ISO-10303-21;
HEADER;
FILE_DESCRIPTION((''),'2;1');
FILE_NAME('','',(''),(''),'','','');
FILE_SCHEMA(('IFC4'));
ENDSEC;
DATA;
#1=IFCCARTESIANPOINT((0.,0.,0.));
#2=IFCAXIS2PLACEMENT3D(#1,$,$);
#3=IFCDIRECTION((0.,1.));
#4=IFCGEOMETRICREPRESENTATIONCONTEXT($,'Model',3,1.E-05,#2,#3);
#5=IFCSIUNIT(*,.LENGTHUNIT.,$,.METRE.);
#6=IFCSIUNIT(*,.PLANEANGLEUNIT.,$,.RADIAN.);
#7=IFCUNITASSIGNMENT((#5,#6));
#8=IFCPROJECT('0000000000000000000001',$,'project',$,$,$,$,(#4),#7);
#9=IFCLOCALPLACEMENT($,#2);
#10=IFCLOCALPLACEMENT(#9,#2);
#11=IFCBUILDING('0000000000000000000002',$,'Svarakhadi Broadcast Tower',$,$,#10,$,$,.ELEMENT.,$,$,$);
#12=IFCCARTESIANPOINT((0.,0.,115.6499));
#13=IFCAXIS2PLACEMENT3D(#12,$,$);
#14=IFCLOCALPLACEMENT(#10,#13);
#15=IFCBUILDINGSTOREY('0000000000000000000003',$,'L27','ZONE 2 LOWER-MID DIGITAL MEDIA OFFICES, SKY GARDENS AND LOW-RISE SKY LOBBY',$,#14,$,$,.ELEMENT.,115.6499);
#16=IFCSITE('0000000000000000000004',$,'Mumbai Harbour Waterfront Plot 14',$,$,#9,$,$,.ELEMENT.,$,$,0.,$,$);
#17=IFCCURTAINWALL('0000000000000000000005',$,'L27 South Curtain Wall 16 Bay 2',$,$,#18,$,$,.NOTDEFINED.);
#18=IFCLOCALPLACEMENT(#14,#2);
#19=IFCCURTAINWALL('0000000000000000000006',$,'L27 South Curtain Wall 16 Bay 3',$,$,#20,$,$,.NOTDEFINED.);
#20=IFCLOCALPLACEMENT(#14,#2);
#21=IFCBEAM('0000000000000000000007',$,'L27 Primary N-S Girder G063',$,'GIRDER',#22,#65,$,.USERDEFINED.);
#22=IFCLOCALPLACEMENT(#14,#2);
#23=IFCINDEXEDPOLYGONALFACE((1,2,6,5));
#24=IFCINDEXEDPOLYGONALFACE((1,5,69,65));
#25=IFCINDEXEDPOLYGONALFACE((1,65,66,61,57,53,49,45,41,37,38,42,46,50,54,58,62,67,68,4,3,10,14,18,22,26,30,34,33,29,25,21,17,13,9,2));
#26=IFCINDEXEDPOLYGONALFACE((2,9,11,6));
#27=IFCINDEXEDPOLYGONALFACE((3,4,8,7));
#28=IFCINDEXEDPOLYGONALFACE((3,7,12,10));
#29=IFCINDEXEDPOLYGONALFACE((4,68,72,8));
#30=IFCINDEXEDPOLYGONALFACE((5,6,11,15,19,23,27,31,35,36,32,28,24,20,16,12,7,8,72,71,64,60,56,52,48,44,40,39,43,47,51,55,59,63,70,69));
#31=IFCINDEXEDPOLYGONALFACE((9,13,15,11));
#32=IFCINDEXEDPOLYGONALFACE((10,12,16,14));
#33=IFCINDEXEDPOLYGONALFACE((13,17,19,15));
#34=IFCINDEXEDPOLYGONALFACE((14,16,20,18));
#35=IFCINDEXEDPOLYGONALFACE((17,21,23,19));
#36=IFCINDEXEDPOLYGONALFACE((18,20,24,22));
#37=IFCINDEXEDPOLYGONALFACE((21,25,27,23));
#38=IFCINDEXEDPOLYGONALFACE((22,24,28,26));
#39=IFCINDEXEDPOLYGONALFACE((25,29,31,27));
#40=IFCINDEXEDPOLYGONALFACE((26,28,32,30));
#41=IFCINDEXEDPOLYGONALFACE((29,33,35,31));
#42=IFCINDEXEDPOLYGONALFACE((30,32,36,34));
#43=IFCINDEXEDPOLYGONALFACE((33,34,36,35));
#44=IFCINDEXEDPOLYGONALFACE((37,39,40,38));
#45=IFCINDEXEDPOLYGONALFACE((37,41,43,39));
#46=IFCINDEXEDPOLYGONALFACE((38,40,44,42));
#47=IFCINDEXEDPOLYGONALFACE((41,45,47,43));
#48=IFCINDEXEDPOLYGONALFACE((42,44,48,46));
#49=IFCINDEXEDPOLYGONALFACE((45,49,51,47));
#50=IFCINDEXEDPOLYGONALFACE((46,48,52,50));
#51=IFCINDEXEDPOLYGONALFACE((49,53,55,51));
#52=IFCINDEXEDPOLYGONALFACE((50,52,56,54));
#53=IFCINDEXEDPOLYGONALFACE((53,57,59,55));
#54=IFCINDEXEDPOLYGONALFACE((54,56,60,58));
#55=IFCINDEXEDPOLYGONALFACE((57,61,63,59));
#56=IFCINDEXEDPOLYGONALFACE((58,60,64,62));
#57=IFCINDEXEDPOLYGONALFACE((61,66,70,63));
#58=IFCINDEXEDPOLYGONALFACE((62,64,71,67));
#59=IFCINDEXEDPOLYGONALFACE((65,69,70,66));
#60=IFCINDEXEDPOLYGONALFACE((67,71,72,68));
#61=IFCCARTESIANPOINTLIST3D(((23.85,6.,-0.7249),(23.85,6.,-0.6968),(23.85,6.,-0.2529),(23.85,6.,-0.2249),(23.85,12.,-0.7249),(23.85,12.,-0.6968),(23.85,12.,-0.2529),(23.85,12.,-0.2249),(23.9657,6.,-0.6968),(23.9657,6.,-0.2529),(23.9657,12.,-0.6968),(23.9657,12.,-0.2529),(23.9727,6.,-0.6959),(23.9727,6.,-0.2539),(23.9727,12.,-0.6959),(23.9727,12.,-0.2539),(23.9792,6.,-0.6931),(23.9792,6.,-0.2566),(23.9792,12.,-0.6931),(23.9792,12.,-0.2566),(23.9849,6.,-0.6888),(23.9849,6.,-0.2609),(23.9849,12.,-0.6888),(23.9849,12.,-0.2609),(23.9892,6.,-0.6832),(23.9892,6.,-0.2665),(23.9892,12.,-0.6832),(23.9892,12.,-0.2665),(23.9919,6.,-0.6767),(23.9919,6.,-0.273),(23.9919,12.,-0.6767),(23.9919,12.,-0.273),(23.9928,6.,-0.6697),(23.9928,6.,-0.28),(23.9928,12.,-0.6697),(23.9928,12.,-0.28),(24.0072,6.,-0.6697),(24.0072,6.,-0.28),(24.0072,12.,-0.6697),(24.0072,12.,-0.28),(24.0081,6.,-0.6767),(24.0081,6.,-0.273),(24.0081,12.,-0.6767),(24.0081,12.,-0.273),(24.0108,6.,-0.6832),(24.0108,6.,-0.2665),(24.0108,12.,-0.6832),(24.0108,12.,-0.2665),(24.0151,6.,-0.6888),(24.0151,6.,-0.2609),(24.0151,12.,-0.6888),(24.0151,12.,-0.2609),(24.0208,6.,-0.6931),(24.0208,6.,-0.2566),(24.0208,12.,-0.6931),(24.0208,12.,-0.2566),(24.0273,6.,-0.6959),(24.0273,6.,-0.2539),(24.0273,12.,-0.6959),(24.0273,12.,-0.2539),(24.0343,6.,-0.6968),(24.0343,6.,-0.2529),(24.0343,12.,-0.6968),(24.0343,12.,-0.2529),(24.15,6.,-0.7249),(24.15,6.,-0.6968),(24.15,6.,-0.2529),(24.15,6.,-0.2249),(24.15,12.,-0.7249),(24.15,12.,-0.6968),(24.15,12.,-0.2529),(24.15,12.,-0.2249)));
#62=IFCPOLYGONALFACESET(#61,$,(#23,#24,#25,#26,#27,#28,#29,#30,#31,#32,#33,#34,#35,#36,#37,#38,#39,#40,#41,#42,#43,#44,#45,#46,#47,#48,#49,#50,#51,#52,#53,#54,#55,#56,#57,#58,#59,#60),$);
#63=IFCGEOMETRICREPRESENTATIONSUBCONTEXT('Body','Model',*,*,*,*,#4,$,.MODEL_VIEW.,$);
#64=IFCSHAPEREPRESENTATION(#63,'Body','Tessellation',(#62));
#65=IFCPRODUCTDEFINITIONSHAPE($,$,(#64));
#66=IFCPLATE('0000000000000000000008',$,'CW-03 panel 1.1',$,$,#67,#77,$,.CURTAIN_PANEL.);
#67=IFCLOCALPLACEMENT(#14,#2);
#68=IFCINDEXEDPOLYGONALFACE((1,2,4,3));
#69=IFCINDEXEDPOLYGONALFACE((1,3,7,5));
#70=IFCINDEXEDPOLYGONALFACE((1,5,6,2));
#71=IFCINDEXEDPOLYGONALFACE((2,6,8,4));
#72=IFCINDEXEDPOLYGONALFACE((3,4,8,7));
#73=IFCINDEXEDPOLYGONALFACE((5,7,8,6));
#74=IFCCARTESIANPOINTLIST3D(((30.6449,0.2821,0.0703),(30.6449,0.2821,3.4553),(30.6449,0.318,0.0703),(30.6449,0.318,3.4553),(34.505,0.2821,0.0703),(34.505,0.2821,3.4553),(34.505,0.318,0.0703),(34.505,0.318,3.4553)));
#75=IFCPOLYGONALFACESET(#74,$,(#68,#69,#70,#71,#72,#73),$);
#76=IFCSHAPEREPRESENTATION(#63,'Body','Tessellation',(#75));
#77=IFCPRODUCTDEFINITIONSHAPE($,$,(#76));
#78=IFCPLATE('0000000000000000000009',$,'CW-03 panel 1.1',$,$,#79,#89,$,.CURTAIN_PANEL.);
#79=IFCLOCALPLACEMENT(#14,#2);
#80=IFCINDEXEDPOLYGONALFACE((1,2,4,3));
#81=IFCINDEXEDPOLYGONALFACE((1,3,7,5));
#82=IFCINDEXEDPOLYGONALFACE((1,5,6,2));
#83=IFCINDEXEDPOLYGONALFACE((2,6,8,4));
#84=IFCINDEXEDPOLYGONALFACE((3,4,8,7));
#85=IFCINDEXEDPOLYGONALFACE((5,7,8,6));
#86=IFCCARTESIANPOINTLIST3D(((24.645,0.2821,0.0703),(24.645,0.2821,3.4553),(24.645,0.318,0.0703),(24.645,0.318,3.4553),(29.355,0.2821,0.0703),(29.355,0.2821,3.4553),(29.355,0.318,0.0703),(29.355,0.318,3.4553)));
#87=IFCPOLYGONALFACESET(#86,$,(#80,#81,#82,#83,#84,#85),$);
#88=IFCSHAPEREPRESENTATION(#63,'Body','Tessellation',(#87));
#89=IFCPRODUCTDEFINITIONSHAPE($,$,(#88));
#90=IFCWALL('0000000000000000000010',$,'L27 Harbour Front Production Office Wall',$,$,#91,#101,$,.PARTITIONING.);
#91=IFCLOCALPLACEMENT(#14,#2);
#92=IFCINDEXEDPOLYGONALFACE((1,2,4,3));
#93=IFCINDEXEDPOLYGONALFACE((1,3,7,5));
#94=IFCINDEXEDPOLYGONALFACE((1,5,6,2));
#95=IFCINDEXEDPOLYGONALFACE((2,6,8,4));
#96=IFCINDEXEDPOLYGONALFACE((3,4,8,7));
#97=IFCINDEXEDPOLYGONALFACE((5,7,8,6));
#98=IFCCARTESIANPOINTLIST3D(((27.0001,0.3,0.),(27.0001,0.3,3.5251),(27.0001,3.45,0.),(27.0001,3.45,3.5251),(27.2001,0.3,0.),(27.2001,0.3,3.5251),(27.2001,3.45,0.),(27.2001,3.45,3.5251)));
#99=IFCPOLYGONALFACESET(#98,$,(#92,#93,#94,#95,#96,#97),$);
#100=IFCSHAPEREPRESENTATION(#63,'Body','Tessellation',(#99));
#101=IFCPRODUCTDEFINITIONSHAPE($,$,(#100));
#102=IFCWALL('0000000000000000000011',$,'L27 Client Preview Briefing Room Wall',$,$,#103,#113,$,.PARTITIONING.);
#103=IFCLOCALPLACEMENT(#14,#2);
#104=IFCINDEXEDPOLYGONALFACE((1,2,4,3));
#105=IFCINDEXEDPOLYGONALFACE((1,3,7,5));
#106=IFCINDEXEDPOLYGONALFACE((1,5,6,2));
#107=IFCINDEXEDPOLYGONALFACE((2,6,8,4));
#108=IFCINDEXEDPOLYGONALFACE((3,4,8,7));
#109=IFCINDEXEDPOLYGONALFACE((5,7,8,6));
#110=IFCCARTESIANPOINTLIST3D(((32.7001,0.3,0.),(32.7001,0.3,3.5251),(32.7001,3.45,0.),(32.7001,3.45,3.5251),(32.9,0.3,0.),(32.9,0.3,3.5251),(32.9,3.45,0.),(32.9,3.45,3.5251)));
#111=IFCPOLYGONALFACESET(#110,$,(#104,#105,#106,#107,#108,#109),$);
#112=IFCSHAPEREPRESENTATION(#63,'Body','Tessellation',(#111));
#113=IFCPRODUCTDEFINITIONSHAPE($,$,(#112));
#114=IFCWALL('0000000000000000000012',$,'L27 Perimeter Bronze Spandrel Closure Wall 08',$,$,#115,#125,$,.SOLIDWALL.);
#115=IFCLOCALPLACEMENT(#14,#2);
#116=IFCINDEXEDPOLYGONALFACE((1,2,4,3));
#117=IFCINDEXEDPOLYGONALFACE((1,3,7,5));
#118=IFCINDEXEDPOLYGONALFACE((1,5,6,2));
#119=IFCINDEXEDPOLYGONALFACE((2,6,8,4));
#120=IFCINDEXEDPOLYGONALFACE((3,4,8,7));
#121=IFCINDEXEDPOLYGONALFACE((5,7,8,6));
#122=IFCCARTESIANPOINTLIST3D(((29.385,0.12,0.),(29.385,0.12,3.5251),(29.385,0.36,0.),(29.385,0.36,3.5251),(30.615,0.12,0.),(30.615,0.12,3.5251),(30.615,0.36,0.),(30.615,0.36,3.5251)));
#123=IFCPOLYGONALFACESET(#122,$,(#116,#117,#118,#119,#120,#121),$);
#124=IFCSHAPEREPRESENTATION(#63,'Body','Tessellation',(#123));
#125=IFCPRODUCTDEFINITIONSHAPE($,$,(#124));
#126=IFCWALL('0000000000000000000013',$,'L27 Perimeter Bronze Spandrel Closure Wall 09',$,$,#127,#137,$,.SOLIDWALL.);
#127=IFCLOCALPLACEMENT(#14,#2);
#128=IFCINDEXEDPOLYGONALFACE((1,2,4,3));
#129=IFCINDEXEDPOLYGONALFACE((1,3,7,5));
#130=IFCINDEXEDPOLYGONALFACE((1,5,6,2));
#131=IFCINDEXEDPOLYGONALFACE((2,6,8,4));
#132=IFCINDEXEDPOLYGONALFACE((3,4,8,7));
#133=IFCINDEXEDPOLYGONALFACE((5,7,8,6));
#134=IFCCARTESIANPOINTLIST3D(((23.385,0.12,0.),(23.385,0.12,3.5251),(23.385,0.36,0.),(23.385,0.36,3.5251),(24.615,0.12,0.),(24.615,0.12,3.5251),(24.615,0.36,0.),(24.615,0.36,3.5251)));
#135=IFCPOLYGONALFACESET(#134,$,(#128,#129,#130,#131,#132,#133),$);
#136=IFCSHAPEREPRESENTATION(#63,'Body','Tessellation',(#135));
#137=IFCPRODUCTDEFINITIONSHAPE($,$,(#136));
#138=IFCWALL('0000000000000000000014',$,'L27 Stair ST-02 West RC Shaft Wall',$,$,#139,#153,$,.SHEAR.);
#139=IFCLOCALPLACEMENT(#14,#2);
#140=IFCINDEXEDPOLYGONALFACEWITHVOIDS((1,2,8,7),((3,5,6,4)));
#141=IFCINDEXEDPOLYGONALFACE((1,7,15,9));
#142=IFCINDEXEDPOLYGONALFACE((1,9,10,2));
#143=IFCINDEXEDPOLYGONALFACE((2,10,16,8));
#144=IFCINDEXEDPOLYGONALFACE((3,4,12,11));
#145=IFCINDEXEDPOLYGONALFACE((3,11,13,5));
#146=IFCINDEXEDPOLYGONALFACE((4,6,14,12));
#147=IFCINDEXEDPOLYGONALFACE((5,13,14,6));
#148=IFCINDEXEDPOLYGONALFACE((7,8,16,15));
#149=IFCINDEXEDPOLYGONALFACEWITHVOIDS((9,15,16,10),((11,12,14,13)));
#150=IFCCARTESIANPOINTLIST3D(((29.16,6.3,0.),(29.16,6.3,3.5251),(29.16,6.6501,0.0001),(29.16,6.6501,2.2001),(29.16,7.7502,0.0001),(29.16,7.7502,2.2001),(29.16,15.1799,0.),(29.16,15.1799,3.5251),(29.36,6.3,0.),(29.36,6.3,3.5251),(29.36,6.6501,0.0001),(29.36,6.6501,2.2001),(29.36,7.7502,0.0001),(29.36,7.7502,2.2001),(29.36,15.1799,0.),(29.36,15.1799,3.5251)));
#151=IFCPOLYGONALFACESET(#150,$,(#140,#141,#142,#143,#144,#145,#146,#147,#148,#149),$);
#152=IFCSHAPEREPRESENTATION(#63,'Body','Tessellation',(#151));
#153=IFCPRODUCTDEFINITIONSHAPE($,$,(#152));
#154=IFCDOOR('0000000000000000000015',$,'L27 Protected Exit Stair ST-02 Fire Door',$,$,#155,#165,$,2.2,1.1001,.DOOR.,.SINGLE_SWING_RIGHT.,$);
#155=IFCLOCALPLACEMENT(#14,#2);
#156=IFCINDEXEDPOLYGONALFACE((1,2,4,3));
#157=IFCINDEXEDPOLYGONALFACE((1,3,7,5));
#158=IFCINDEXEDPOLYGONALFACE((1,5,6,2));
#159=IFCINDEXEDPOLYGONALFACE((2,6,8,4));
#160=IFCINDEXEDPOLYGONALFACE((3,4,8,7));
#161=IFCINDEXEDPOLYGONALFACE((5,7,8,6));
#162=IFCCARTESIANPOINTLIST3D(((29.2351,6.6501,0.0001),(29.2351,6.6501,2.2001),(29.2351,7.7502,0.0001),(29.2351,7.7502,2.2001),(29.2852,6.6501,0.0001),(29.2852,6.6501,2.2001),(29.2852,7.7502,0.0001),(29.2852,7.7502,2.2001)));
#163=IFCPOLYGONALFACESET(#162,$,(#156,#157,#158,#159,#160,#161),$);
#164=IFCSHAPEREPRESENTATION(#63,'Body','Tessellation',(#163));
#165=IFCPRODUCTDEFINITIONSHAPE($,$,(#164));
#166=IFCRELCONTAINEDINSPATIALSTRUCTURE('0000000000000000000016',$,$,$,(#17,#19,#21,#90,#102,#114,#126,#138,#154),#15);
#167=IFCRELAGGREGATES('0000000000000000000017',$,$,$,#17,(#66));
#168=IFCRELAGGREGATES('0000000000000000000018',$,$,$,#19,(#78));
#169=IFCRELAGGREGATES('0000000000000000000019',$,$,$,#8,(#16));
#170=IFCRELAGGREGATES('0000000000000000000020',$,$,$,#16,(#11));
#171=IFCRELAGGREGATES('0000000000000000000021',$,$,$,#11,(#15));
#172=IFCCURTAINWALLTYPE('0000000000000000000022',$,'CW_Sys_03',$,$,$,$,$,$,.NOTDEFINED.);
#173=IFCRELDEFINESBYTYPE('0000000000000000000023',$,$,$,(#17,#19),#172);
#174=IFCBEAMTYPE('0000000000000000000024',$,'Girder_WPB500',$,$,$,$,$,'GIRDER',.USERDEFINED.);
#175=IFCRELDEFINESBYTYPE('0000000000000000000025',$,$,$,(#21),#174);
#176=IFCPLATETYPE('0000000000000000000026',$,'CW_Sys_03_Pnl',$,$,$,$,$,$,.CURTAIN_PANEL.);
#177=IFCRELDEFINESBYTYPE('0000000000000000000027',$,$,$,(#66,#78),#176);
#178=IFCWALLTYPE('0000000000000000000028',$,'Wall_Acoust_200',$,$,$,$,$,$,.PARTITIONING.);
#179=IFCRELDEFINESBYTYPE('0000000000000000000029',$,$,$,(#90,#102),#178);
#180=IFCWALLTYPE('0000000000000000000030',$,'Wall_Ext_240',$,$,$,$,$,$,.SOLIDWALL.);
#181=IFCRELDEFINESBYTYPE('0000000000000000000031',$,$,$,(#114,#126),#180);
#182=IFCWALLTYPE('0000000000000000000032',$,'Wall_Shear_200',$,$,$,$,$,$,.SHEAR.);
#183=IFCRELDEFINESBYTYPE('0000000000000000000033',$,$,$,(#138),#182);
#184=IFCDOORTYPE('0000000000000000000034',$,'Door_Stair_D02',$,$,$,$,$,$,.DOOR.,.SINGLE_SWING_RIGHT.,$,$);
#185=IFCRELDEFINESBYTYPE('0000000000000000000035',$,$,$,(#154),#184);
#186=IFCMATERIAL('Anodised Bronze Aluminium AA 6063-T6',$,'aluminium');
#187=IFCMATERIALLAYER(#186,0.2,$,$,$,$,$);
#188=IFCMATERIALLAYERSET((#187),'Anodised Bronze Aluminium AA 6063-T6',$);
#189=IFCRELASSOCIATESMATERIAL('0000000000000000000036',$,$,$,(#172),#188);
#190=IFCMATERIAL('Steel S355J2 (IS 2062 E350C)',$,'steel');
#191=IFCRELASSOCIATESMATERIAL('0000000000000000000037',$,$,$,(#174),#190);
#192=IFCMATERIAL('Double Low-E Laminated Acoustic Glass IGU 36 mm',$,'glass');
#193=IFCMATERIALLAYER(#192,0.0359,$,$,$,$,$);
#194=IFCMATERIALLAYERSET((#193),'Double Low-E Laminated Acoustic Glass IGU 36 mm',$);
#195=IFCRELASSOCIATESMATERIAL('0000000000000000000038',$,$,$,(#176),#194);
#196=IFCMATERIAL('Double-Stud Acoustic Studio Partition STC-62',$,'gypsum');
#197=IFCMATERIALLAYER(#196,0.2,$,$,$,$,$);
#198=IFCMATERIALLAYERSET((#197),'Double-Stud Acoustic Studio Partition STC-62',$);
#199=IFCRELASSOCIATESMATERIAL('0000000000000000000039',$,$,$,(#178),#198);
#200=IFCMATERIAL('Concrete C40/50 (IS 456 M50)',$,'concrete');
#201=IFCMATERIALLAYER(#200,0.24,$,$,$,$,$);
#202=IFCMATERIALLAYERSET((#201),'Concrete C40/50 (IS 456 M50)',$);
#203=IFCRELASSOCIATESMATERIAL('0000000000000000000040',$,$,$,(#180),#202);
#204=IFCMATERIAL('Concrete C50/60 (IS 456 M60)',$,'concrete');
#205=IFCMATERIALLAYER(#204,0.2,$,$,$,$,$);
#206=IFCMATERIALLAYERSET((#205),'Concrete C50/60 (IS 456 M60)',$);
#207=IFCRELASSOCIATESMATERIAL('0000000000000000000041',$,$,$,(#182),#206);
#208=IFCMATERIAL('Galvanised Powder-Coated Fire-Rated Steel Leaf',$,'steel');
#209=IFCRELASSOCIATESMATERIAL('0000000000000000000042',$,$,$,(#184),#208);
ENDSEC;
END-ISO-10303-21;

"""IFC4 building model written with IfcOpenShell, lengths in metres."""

from ifc_helpers import new_model, si_unit, direction, frame, frame_2d, origin, origin_2d, place, context, subcontext, project, spatial, rectangle, i_section, extrude, material, layer, layer_set, material_profile, profile_set, type_object, element, fill, aggregate, save


model = new_model("IFC4")

# Units and contexts
model_context = context("Model", 3, precision=1e-05, world=origin(), true_north=direction((0.0, 1.0)))
body_context = subcontext(model_context, "Body", "Model", "MODEL_VIEW")
ifc_project = project(units=[si_unit("LENGTHUNIT", "METRE"), si_unit("PLANEANGLEUNIT", "RADIAN")], contexts=[model_context])

# Site, building, storey
site_placement = place(None, origin())
site = spatial("IfcSite", under=ifc_project, at=site_placement, Name="Mumbai Harbour Waterfront Plot 14", CompositionType="ELEMENT", RefElevation=0.0)
building_placement = place(site_placement, origin())
building = spatial("IfcBuilding", under=site, at=building_placement, Name="Svarakhadi Broadcast Tower", CompositionType="ELEMENT")
storey_placement = place(building_placement, frame((0.0, 0.0, 115.6499)))
storey = spatial("IfcBuildingStorey", under=building, at=storey_placement, Name="L27", Description="ZONE 2 LOWER-MID DIGITAL MEDIA OFFICES, SKY GARDENS AND LOW-RISE SKY LOBBY", CompositionType="ELEMENT", Elevation=115.6499)

# Shared definitions
ifc_material_1 = material(Name="Concrete C50/60 (IS 456 M60)", Category="concrete")

# Curtain wall
ifc_material_2 = material(Name="Anodised Bronze Aluminium AA 6063-T6", Category="aluminium")
ifc_layer_1 = layer(ifc_material_2, 0.2)
ifc_layer_set_1 = layer_set([ifc_layer_1], Name="Anodised Bronze Aluminium AA 6063-T6")
curtain_wall_type = type_object("IfcCurtainWallType", Name="CW_Sys_03", PredefinedType="NOTDEFINED", material=ifc_layer_set_1)
curtain_wall_1_placement = place(storey_placement, origin())
curtain_wall_1 = element("IfcCurtainWall", 1, at=curtain_wall_1_placement, inside=storey, type_object=curtain_wall_type, Name="L27 South Curtain Wall 16 Bay 2", PredefinedType="NOTDEFINED")

# Curtain wall
curtain_wall_2_placement = place(storey_placement, origin())
curtain_wall_2 = element("IfcCurtainWall", 2, at=curtain_wall_2_placement, inside=storey, type_object=curtain_wall_type, Name="L27 South Curtain Wall 16 Bay 3", PredefinedType="NOTDEFINED")

# Beam
ifc_material_3 = material(Name="Steel S355J2 (IS 2062 E350C)", Category="steel")
ifc_material_profile_1 = material_profile(ifc_material_3, i_section(OverallWidth=0.3, OverallDepth=0.5, WebThickness=0.0144, FlangeThickness=0.0281, FilletRadius=0.0271, at=origin_2d()), Name="WPB 500x300x187")
ifc_profile_set_1 = profile_set([ifc_material_profile_1], Name="Steel S355J2 (IS 2062 E350C)")
beam_type_1 = type_object("IfcBeamType", Name="Girder_WPB500", ElementType="GIRDER", PredefinedType="USERDEFINED", material=ifc_profile_set_1)
beam_1_placement = place(storey_placement, frame((24.0, 6.0, -0.4749), z_axis=(0.0, 1.0, 0.0), x_axis=(-1.0, 0.0, 0.0)))
element("IfcBeam", 3, at=beam_1_placement, inside=storey, type_object=beam_type_1, Name="L27 Primary N-S Girder G063", ObjectType="GIRDER", PredefinedType="USERDEFINED", context=body_context, shape_type="SweptSolid", body=[
    extrude(i_section(OverallWidth=0.3, OverallDepth=0.5, WebThickness=0.0144, FlangeThickness=0.0281, FilletRadius=0.0271, at=origin_2d()), origin(), (0.0, 0.0, 1.0), 6.0),
])

# Plates
ifc_material_4 = material(Name="Double Low-E Laminated Acoustic Glass IGU 36 mm", Category="glass")
ifc_layer_2 = layer(ifc_material_4, 0.0359)
ifc_layer_set_2 = layer_set([ifc_layer_2], Name="Double Low-E Laminated Acoustic Glass IGU 36 mm")
plate_type = type_object("IfcPlateType", Name="CW_Sys_03_Pnl", PredefinedType="CURTAIN_PANEL", material=ifc_layer_set_2)
plate_1_placement = place(storey_placement, frame((32.575, 0.3, 0.0703), z_axis=(0.0, 0.0, 1.0), x_axis=(-1.0, 0.0, 0.0)))
plate_1 = element("IfcPlate", 4, at=plate_1_placement, type_object=plate_type, Name="CW-03 panel 1.1", PredefinedType="CURTAIN_PANEL", context=body_context, shape_type="SweptSolid", body=[
    extrude(rectangle(XDim=3.8601, YDim=0.0359, at=origin_2d()), origin(), (0.0, 0.0, 1.0), 3.385),
])
aggregate(curtain_wall_1, [plate_1])
plate_2_placement = place(storey_placement, frame((27.0, 0.3, 0.0703), z_axis=(0.0, 0.0, 1.0), x_axis=(-1.0, 0.0, 0.0)))
plate_2 = element("IfcPlate", 5, at=plate_2_placement, type_object=plate_type, Name="CW-03 panel 1.1", PredefinedType="CURTAIN_PANEL", context=body_context, shape_type="SweptSolid", body=[
    extrude(rectangle(XDim=4.71, YDim=0.0359, at=origin_2d()), origin(), (0.0, 0.0, 1.0), 3.385),
])
aggregate(curtain_wall_2, [plate_2])

# Walls
ifc_material_5 = material(Name="Double-Stud Acoustic Studio Partition STC-62", Category="gypsum")
ifc_layer_3 = layer(ifc_material_5, 0.2)
ifc_layer_set_3 = layer_set([ifc_layer_3], Name="Double-Stud Acoustic Studio Partition STC-62")
wall_type_1 = type_object("IfcWallType", Name="Wall_Acoust_200", PredefinedType="PARTITIONING", material=ifc_layer_set_3)
for number, where, z_axis, x_axis, name in (
    (6, (27.1001, 0.3, 0.0), (0.0, 0.0, 1.0), (0.0, 1.0, 0.0), "L27 Harbour Front Production Office Wall"),
    (7, (32.8, 0.3, 0.0), (0.0, 0.0, 1.0), (0.0, 1.0, 0.0), "L27 Client Preview Briefing Room Wall"),
):
    element("IfcWall", number, at=place(storey_placement, frame(where, z_axis=z_axis, x_axis=x_axis)), inside=storey, type_object=wall_type_1, Name=name, PredefinedType="PARTITIONING", context=body_context, shape_type="SweptSolid", body=[
        extrude(rectangle(XDim=3.1499, YDim=0.2, at=frame_2d((1.575, 0.0))), origin(), (0.0, 0.0, 1.0), 3.5251),
    ])
ifc_material_6 = material(Name="Concrete C40/50 (IS 456 M50)", Category="concrete")
ifc_layer_4 = layer(ifc_material_6, 0.24)
ifc_layer_set_4 = layer_set([ifc_layer_4], Name="Concrete C40/50 (IS 456 M50)")
wall_type_2 = type_object("IfcWallType", Name="Wall_Ext_240", PredefinedType="SOLIDWALL", material=ifc_layer_set_4)
for number, where, z_axis, x_axis, name in (
    (8, (30.615, 0.24, 0.0), (0.0, 0.0, 1.0), (-1.0, 0.0, 0.0), "L27 Perimeter Bronze Spandrel Closure Wall 08"),
    (9, (24.615, 0.24, 0.0), (0.0, 0.0, 1.0), (-1.0, 0.0, 0.0), "L27 Perimeter Bronze Spandrel Closure Wall 09"),
):
    element("IfcWall", number, at=place(storey_placement, frame(where, z_axis=z_axis, x_axis=x_axis)), inside=storey, type_object=wall_type_2, Name=name, PredefinedType="SOLIDWALL", context=body_context, shape_type="SweptSolid", body=[
        extrude(rectangle(XDim=1.23, YDim=0.24, at=frame_2d((0.615, 0.0))), origin(), (0.0, 0.0, 1.0), 3.5251),
    ])

# Wall, opening, door
ifc_layer_5 = layer(ifc_material_1, 0.2)
ifc_layer_set_5 = layer_set([ifc_layer_5], Name="Concrete C50/60 (IS 456 M60)")
wall_type_3 = type_object("IfcWallType", Name="Wall_Shear_200", PredefinedType="SHEAR", material=ifc_layer_set_5)
wall_1_placement = place(storey_placement, frame((29.26, 6.3, 0.0), z_axis=(0.0, 0.0, 1.0), x_axis=(0.0, 1.0, 0.0)))
wall_1 = element("IfcWall", 10, at=wall_1_placement, inside=storey, type_object=wall_type_3, Name="L27 Stair ST-02 West RC Shaft Wall", PredefinedType="SHEAR", context=body_context, shape_type="SweptSolid", body=[
    extrude(rectangle(XDim=8.8799, YDim=0.2, at=frame_2d((4.4399, 0.0))), origin(), (0.0, 0.0, 1.0), 3.5251),
])
opening_1_placement = place(wall_1_placement, frame((0.3501, 0.0, 0.0)))
opening_1 = element("IfcOpeningElement", 11, at=opening_1_placement, cuts=wall_1, PredefinedType="OPENING", context=body_context, shape_type="SweptSolid", body=[
    extrude(rectangle(XDim=1.1001, YDim=2.2, at=frame_2d((0.55, 1.1001))), frame((0.0, 0.1099, 0.0), z_axis=(0.0, -1.0, 0.0), x_axis=(1.0, 0.0, 0.0)), (0.0, 0.0, 1.0), 0.22),
])
ifc_material_7 = material(Name="Galvanised Powder-Coated Fire-Rated Steel Leaf", Category="steel")
door_type_1 = type_object("IfcDoorType", Name="Door_Stair_D02", OperationType="SINGLE_SWING_RIGHT", PredefinedType="DOOR", material=ifc_material_7)
door_1_placement = place(opening_1_placement, origin())
door_1 = element("IfcDoor", 12, at=door_1_placement, inside=storey, type_object=door_type_1, Name="L27 Protected Exit Stair ST-02 Fire Door", OperationType="SINGLE_SWING_RIGHT", OverallHeight=2.2, OverallWidth=1.1001, PredefinedType="DOOR", context=body_context, shape_type="SweptSolid", body=[
    extrude(rectangle(XDim=1.1001, YDim=2.2, at=frame_2d((0.55, 1.1001))), frame((0.0, 0.0249, 0.0), z_axis=(0.0, -1.0, 0.0), x_axis=(1.0, 0.0, 0.0)), (0.0, 0.0, 1.0), 0.05),
])
fill(opening_1, door_1)

save(model, "model.ifc")
